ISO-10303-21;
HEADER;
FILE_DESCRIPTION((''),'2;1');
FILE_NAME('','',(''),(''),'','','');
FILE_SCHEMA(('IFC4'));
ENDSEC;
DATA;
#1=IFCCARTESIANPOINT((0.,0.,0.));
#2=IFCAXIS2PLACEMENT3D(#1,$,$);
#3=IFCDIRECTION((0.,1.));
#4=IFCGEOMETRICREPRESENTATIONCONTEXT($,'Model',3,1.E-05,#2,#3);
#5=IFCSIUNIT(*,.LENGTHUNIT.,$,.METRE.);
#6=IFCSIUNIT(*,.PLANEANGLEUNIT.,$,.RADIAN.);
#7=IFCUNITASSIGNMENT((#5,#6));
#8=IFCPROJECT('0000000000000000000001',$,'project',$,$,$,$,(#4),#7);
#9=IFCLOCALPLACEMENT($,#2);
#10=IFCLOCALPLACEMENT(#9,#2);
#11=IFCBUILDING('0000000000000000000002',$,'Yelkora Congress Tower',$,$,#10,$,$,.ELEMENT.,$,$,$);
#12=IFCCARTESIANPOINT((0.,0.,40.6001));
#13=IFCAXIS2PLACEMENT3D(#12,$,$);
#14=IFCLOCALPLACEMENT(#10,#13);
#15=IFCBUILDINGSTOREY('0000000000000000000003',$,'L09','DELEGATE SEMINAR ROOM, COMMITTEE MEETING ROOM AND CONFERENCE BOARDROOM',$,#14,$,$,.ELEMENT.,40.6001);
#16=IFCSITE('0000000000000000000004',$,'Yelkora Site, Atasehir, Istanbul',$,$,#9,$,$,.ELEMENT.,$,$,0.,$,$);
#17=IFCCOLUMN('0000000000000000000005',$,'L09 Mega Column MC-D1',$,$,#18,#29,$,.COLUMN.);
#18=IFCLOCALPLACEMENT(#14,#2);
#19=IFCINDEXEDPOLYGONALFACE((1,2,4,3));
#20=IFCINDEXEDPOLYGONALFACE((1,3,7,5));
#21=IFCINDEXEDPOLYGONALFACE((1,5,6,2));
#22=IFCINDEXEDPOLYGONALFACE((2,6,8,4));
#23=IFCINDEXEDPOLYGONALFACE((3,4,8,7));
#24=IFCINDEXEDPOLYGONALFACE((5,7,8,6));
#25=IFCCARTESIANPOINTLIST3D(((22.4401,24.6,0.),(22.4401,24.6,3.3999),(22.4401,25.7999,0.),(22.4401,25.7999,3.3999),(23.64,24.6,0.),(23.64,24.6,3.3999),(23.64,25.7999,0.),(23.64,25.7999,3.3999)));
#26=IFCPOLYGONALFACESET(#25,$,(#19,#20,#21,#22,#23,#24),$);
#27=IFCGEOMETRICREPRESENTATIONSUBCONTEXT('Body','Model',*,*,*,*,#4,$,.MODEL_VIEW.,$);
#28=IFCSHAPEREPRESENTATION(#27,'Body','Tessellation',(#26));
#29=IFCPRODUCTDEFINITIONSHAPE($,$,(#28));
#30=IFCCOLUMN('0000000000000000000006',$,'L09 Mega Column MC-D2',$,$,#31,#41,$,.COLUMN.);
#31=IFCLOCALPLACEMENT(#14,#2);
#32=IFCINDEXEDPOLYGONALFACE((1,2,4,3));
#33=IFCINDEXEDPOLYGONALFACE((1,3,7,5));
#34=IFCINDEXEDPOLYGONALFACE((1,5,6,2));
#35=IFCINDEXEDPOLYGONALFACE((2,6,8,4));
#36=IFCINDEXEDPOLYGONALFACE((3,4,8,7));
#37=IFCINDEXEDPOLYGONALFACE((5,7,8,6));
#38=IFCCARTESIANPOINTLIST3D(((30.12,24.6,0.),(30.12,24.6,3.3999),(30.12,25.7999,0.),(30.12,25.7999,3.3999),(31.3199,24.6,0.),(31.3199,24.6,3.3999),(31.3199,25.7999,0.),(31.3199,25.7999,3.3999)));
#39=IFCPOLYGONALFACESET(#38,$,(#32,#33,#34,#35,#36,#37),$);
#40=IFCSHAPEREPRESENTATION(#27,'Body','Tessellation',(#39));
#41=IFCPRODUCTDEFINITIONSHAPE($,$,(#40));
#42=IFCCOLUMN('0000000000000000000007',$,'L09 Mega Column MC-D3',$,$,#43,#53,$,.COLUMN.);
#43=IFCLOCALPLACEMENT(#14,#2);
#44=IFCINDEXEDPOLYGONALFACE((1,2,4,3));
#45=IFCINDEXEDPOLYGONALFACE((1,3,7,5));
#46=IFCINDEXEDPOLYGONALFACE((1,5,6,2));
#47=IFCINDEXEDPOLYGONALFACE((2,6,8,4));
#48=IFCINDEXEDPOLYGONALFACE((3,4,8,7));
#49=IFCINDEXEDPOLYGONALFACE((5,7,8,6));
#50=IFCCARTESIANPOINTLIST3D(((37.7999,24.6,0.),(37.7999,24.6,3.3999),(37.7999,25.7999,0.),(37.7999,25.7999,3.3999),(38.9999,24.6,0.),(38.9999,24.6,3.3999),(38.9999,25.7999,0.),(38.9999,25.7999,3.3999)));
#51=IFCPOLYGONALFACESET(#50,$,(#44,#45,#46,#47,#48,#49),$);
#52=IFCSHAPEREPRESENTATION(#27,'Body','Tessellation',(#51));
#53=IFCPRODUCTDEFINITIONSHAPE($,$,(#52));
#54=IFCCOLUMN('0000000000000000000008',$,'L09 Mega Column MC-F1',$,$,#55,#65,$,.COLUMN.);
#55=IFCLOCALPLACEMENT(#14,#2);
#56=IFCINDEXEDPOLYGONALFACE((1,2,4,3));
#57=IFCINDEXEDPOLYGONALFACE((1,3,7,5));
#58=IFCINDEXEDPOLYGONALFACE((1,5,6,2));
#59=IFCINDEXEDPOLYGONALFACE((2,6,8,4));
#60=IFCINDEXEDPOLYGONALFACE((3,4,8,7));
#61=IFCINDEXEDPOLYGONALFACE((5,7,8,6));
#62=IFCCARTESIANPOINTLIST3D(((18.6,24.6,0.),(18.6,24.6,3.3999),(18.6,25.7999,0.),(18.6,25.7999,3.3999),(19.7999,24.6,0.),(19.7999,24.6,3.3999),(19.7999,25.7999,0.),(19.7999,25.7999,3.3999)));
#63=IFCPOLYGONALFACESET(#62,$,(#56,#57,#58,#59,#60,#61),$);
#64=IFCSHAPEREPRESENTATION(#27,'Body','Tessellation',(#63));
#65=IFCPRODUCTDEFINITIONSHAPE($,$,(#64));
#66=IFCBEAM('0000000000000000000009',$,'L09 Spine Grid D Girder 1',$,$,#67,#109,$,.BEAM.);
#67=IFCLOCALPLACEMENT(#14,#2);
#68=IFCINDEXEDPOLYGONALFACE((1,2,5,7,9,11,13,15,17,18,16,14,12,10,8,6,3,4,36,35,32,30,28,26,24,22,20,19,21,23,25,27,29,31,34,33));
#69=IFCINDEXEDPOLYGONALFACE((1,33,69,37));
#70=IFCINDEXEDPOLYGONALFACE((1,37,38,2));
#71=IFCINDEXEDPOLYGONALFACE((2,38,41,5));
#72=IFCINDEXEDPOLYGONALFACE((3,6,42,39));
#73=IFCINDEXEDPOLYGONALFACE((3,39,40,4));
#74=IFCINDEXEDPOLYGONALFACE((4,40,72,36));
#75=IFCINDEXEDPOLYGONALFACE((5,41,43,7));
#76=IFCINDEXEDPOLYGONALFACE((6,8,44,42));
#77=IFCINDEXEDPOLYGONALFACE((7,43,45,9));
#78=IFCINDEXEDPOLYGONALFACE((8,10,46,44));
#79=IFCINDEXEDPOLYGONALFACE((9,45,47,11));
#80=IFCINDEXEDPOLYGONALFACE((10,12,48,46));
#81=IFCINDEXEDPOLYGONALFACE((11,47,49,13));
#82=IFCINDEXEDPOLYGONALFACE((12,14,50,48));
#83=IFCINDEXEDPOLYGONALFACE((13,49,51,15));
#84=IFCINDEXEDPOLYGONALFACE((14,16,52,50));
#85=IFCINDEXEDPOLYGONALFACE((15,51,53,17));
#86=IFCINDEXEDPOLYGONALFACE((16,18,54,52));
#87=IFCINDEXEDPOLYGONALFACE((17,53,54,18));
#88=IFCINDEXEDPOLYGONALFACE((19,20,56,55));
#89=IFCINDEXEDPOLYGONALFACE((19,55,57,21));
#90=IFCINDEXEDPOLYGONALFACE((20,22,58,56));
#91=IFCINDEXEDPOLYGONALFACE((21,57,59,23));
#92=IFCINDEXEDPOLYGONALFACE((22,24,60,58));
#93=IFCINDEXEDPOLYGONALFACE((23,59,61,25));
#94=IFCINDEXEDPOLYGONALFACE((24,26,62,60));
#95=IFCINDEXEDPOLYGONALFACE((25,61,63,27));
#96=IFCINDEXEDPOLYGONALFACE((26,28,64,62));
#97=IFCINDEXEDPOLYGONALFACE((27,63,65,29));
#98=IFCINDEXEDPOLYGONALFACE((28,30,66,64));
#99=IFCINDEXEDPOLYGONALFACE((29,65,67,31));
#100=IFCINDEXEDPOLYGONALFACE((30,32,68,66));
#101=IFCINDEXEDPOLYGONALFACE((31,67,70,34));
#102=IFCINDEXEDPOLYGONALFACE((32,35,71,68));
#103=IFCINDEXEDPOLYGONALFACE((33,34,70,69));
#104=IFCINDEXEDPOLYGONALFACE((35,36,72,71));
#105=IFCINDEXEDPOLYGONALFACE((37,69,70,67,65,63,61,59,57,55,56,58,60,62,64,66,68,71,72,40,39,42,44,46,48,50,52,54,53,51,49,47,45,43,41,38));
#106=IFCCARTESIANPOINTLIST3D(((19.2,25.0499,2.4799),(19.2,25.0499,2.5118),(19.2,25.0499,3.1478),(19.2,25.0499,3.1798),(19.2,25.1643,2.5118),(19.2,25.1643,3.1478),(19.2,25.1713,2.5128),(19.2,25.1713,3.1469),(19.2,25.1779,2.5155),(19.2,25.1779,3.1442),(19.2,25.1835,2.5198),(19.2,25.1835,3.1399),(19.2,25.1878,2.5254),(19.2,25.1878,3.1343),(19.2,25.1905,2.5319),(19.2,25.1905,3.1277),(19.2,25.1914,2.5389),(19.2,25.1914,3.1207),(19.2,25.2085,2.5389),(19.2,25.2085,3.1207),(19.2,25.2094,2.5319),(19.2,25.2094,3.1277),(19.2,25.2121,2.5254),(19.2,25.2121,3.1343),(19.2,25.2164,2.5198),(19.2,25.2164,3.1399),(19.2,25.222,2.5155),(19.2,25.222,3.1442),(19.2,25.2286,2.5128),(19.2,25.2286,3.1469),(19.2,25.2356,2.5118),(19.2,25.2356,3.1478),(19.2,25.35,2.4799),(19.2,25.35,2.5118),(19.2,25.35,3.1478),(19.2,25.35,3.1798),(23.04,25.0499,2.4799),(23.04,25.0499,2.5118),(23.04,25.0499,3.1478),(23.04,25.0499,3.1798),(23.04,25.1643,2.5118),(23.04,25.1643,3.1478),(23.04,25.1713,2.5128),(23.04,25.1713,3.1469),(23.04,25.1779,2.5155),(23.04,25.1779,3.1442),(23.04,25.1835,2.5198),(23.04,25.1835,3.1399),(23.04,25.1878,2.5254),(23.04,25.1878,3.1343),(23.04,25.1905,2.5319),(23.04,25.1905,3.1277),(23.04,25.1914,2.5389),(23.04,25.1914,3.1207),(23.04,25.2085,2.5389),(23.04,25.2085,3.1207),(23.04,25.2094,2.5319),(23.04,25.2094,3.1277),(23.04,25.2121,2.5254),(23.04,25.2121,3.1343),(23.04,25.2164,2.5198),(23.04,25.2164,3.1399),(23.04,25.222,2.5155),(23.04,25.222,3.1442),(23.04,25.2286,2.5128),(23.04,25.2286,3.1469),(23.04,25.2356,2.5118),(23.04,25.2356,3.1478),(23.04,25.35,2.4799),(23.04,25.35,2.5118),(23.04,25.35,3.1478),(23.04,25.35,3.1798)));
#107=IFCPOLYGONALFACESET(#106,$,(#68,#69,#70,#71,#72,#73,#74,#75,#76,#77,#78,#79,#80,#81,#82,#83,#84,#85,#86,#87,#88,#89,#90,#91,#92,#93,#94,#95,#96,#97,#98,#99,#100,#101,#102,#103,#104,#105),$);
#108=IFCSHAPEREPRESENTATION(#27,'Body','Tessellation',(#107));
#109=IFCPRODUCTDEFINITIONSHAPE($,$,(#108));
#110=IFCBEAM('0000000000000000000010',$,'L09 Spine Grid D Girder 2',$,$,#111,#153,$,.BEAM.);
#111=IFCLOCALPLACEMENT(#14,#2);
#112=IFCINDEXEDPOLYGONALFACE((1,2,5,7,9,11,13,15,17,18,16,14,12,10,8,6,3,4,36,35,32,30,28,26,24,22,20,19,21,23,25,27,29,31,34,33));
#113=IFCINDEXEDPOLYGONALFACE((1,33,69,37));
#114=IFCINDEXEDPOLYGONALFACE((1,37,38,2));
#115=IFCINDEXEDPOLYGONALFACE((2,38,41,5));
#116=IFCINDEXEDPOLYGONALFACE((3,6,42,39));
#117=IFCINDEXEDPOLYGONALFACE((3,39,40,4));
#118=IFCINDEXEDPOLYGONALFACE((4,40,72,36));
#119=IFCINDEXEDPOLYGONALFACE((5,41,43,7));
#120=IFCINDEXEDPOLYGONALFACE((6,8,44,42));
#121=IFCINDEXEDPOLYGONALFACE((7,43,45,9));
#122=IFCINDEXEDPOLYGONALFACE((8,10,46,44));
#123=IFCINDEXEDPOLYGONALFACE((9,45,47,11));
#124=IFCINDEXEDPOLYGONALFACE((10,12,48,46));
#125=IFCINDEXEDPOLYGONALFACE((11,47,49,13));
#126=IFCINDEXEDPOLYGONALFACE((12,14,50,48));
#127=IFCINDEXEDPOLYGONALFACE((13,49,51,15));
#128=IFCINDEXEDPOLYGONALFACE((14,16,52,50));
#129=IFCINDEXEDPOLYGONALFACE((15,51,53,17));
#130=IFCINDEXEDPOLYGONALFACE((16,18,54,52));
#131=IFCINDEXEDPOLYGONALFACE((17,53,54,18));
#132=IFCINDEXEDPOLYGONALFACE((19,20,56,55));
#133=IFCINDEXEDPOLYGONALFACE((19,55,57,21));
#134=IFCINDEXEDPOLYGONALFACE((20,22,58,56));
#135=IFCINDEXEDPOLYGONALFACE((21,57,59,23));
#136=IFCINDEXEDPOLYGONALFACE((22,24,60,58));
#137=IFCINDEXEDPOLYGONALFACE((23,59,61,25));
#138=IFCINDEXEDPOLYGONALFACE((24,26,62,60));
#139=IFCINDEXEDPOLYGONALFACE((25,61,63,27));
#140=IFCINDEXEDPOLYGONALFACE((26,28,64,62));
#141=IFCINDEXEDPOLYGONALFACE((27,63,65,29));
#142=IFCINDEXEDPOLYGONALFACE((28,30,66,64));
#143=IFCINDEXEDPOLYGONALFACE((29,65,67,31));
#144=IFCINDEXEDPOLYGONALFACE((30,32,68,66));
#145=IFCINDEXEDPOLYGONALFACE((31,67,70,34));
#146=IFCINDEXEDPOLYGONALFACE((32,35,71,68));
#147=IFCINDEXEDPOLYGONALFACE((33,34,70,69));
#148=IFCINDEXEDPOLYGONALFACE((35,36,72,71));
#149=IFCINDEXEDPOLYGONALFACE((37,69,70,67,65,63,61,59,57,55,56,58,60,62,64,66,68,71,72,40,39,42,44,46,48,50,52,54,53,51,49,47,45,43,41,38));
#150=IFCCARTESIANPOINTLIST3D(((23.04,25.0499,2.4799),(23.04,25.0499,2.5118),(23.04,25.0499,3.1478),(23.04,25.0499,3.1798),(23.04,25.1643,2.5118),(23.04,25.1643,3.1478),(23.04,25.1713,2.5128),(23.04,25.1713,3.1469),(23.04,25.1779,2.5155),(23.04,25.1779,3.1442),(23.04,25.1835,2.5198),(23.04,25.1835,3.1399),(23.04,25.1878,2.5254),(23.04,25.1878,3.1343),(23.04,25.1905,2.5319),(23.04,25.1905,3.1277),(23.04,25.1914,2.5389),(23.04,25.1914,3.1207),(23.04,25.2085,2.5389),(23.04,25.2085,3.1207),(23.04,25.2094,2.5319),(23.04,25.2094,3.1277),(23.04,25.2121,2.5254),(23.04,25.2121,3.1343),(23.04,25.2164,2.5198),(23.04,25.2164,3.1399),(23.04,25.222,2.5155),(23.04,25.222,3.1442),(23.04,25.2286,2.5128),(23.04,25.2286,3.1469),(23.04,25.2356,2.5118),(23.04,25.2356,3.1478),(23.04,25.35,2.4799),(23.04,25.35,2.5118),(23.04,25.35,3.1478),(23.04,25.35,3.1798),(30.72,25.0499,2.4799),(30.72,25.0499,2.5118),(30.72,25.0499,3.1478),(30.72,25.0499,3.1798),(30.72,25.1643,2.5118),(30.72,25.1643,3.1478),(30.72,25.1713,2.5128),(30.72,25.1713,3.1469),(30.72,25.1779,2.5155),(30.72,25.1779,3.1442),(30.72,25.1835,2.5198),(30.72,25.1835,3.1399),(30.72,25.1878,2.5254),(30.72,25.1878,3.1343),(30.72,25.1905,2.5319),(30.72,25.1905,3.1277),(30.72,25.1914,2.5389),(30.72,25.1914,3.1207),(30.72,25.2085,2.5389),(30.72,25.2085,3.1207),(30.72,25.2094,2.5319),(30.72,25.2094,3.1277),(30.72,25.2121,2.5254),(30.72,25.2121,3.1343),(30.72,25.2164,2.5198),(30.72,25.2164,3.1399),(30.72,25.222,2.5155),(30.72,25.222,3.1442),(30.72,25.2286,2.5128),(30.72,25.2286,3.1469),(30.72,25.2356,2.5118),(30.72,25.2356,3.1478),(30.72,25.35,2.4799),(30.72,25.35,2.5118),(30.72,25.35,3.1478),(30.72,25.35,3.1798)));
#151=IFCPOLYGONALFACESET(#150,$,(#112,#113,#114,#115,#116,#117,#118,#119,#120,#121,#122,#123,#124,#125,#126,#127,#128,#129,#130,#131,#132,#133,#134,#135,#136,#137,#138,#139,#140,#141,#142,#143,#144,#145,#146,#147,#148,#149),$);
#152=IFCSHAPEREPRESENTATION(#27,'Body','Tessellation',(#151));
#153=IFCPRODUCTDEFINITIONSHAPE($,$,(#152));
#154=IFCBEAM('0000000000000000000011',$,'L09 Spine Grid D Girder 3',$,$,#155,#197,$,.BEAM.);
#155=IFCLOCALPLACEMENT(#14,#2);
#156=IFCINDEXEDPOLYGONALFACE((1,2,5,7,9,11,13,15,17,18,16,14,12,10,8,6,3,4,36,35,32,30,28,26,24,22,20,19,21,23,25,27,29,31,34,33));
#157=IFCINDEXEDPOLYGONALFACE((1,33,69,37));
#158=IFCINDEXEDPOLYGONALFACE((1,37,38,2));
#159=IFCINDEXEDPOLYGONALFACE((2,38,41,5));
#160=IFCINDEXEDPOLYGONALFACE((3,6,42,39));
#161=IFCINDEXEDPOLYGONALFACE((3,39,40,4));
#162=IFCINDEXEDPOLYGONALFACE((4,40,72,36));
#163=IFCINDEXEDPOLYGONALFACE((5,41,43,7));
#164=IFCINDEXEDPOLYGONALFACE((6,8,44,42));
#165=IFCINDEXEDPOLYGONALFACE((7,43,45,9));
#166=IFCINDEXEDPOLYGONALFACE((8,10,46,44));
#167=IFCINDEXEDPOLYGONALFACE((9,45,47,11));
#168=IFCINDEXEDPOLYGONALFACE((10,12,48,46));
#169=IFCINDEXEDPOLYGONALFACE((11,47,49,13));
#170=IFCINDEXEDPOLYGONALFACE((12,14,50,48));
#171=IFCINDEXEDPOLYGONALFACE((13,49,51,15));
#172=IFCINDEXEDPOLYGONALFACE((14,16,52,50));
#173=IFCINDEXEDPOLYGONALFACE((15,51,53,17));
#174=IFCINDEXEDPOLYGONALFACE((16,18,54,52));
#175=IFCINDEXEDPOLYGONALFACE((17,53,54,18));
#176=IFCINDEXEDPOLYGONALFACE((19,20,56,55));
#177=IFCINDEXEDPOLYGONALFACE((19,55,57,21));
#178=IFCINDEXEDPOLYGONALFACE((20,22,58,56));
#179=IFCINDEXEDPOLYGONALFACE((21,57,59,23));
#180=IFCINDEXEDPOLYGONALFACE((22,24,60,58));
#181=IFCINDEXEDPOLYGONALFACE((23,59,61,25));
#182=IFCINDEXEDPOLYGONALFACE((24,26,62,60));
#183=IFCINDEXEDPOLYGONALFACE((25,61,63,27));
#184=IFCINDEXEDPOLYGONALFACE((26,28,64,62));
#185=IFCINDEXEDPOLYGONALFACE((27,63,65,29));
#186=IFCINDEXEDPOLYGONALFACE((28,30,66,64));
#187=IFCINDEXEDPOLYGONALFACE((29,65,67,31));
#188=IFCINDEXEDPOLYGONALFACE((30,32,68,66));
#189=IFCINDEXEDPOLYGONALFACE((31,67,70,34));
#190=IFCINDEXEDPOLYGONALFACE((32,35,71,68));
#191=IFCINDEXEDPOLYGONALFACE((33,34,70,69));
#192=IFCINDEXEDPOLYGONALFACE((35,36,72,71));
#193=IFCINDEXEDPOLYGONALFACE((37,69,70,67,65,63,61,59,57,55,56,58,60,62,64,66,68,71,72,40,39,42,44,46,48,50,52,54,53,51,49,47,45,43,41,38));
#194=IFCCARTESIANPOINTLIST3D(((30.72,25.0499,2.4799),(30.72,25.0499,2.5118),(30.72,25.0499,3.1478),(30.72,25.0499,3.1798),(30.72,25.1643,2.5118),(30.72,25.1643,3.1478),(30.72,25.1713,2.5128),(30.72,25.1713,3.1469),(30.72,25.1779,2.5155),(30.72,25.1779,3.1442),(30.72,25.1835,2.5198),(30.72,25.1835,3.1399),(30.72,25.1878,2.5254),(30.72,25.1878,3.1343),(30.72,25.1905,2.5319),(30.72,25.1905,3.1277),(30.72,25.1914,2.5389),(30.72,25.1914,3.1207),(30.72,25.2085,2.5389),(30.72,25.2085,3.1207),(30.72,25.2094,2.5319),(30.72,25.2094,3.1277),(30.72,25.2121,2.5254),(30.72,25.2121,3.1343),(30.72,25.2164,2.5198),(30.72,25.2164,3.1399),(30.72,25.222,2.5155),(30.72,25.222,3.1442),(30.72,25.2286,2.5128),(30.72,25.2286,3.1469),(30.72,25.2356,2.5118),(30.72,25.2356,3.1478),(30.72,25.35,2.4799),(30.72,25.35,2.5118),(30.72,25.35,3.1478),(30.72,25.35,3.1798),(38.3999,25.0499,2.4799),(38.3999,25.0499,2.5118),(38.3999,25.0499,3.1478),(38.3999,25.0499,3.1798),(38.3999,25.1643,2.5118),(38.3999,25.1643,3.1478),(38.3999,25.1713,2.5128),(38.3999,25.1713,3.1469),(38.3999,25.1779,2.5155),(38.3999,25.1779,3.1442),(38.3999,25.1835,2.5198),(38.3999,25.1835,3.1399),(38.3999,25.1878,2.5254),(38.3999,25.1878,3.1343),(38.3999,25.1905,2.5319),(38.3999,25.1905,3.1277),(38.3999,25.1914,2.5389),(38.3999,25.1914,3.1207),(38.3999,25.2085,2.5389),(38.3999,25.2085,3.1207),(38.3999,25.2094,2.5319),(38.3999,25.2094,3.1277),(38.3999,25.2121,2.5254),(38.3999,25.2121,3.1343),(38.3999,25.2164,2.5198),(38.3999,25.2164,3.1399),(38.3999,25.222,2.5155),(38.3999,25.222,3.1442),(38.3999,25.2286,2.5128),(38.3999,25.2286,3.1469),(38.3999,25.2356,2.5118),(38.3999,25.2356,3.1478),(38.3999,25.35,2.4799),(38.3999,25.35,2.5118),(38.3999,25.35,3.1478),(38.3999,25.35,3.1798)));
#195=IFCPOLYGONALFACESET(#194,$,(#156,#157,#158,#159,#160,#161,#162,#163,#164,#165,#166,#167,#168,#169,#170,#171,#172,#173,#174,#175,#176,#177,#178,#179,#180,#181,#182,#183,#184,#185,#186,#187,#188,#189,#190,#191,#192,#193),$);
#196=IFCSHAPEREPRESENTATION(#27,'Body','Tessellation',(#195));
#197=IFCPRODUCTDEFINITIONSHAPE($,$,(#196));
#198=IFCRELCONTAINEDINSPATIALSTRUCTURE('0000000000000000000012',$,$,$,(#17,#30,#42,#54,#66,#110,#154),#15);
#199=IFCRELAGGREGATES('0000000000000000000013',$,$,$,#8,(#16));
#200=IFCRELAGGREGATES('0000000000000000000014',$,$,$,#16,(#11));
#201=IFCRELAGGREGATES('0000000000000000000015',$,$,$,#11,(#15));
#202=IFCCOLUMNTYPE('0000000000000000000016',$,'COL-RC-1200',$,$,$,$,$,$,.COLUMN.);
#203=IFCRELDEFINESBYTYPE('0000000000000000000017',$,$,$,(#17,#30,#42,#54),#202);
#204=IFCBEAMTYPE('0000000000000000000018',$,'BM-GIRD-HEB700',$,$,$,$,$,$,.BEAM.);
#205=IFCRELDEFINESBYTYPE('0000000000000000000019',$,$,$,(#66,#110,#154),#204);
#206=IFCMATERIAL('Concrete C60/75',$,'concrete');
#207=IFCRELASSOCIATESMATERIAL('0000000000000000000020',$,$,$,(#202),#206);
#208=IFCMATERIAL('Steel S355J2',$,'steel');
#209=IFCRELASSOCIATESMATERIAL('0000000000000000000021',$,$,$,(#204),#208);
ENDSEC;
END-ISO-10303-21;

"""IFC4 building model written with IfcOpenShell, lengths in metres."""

from ifc_helpers import new_model, si_unit, direction, frame, origin, origin_2d, place, context, subcontext, project, spatial, rectangle, i_section, extrude, material, material_profile, profile_set, type_object, element, save


model = new_model("IFC4")

# Units and contexts
model_context = context("Model", 3, precision=1e-05, world=origin(), true_north=direction((0.0, 1.0)))
body_context = subcontext(model_context, "Body", "Model", "MODEL_VIEW")
ifc_project = project(units=[si_unit("LENGTHUNIT", "METRE"), si_unit("PLANEANGLEUNIT", "RADIAN")], contexts=[model_context])

# Site, building, storey
site_placement = place(None, origin())
site = spatial("IfcSite", under=ifc_project, at=site_placement, Name="Yelkora Site, Atasehir, Istanbul", CompositionType="ELEMENT", RefElevation=0.0)
building_placement = place(site_placement, origin())
building = spatial("IfcBuilding", under=site, at=building_placement, Name="Yelkora Congress Tower", CompositionType="ELEMENT")
storey_placement = place(building_placement, frame((0.0, 0.0, 40.6001)))
storey = spatial("IfcBuildingStorey", under=building, at=storey_placement, Name="L09", Description="DELEGATE SEMINAR ROOM, COMMITTEE MEETING ROOM AND CONFERENCE BOARDROOM", CompositionType="ELEMENT", Elevation=40.6001)

# Columns
ifc_material_1 = material(Name="Concrete C60/75", Category="concrete")
ifc_material_profile_1 = material_profile(ifc_material_1, rectangle(XDim=1.2, YDim=1.2, at=origin_2d()), Name="RC 1200x1200")
ifc_profile_set_1 = profile_set([ifc_material_profile_1], Name="Concrete C60/75")
column_type = type_object("IfcColumnType", Name="COL-RC-1200", PredefinedType="COLUMN", material=ifc_profile_set_1)
for number, where, z_axis, x_axis, name in (
    (1, (23.04, 25.2, 0.0), (0.0, 0.0, 1.0), (1.0, 0.0, 0.0), "L09 Mega Column MC-D1"),
    (2, (30.72, 25.2, 0.0), (0.0, 0.0, 1.0), (1.0, 0.0, 0.0), "L09 Mega Column MC-D2"),
    (3, (38.3999, 25.2, 0.0), (0.0, 0.0, 1.0), (1.0, 0.0, 0.0), "L09 Mega Column MC-D3"),
    (4, (19.2, 25.2, 0.0), (0.0, 0.0, 1.0), (1.0, 0.0, 0.0), "L09 Mega Column MC-F1"),
):
    element("IfcColumn", number, at=place(storey_placement, frame(where, z_axis=z_axis, x_axis=x_axis)), inside=storey, type_object=column_type, Name=name, PredefinedType="COLUMN", context=body_context, shape_type="SweptSolid", body=[
        extrude(rectangle(XDim=1.2, YDim=1.2, at=origin_2d()), origin(), (0.0, 0.0, 1.0), 3.3999),
    ])

# Beams
ifc_material_2 = material(Name="Steel S355J2", Category="steel")
ifc_material_profile_2 = material_profile(ifc_material_2, i_section(OverallWidth=0.3, OverallDepth=0.7, WebThickness=0.0171, FlangeThickness=0.032, FilletRadius=0.0271, at=origin_2d()), Name="HEB 700")
ifc_profile_set_2 = profile_set([ifc_material_profile_2], Name="Steel S355J2")
beam_type_1 = type_object("IfcBeamType", Name="BM-GIRD-HEB700", PredefinedType="BEAM", material=ifc_profile_set_2)
beam_1_placement = place(storey_placement, frame((19.2, 25.2, 2.8298), z_axis=(1.0, 0.0, 0.0), x_axis=(0.0, 1.0, 0.0)))
element("IfcBeam", 5, at=beam_1_placement, inside=storey, type_object=beam_type_1, Name="L09 Spine Grid D Girder 1", PredefinedType="BEAM", context=body_context, shape_type="SweptSolid", body=[
    extrude(i_section(OverallWidth=0.3, OverallDepth=0.7, WebThickness=0.0171, FlangeThickness=0.032, FilletRadius=0.0271, at=origin_2d()), origin(), (0.0, 0.0, 1.0), 3.8401),
])
for number, where, z_axis, x_axis, name in (
    (6, (23.04, 25.2, 2.8298), (1.0, 0.0, 0.0), (0.0, 1.0, 0.0), "L09 Spine Grid D Girder 2"),
    (7, (30.72, 25.2, 2.8298), (1.0, 0.0, 0.0), (0.0, 1.0, 0.0), "L09 Spine Grid D Girder 3"),
):
    element("IfcBeam", number, at=place(storey_placement, frame(where, z_axis=z_axis, x_axis=x_axis)), inside=storey, type_object=beam_type_1, Name=name, PredefinedType="BEAM", context=body_context, shape_type="SweptSolid", body=[
        extrude(i_section(OverallWidth=0.3, OverallDepth=0.7, WebThickness=0.0171, FlangeThickness=0.032, FilletRadius=0.0271, at=origin_2d()), origin(), (0.0, 0.0, 1.0), 7.6799),
    ])

save(model, "model.ifc")
